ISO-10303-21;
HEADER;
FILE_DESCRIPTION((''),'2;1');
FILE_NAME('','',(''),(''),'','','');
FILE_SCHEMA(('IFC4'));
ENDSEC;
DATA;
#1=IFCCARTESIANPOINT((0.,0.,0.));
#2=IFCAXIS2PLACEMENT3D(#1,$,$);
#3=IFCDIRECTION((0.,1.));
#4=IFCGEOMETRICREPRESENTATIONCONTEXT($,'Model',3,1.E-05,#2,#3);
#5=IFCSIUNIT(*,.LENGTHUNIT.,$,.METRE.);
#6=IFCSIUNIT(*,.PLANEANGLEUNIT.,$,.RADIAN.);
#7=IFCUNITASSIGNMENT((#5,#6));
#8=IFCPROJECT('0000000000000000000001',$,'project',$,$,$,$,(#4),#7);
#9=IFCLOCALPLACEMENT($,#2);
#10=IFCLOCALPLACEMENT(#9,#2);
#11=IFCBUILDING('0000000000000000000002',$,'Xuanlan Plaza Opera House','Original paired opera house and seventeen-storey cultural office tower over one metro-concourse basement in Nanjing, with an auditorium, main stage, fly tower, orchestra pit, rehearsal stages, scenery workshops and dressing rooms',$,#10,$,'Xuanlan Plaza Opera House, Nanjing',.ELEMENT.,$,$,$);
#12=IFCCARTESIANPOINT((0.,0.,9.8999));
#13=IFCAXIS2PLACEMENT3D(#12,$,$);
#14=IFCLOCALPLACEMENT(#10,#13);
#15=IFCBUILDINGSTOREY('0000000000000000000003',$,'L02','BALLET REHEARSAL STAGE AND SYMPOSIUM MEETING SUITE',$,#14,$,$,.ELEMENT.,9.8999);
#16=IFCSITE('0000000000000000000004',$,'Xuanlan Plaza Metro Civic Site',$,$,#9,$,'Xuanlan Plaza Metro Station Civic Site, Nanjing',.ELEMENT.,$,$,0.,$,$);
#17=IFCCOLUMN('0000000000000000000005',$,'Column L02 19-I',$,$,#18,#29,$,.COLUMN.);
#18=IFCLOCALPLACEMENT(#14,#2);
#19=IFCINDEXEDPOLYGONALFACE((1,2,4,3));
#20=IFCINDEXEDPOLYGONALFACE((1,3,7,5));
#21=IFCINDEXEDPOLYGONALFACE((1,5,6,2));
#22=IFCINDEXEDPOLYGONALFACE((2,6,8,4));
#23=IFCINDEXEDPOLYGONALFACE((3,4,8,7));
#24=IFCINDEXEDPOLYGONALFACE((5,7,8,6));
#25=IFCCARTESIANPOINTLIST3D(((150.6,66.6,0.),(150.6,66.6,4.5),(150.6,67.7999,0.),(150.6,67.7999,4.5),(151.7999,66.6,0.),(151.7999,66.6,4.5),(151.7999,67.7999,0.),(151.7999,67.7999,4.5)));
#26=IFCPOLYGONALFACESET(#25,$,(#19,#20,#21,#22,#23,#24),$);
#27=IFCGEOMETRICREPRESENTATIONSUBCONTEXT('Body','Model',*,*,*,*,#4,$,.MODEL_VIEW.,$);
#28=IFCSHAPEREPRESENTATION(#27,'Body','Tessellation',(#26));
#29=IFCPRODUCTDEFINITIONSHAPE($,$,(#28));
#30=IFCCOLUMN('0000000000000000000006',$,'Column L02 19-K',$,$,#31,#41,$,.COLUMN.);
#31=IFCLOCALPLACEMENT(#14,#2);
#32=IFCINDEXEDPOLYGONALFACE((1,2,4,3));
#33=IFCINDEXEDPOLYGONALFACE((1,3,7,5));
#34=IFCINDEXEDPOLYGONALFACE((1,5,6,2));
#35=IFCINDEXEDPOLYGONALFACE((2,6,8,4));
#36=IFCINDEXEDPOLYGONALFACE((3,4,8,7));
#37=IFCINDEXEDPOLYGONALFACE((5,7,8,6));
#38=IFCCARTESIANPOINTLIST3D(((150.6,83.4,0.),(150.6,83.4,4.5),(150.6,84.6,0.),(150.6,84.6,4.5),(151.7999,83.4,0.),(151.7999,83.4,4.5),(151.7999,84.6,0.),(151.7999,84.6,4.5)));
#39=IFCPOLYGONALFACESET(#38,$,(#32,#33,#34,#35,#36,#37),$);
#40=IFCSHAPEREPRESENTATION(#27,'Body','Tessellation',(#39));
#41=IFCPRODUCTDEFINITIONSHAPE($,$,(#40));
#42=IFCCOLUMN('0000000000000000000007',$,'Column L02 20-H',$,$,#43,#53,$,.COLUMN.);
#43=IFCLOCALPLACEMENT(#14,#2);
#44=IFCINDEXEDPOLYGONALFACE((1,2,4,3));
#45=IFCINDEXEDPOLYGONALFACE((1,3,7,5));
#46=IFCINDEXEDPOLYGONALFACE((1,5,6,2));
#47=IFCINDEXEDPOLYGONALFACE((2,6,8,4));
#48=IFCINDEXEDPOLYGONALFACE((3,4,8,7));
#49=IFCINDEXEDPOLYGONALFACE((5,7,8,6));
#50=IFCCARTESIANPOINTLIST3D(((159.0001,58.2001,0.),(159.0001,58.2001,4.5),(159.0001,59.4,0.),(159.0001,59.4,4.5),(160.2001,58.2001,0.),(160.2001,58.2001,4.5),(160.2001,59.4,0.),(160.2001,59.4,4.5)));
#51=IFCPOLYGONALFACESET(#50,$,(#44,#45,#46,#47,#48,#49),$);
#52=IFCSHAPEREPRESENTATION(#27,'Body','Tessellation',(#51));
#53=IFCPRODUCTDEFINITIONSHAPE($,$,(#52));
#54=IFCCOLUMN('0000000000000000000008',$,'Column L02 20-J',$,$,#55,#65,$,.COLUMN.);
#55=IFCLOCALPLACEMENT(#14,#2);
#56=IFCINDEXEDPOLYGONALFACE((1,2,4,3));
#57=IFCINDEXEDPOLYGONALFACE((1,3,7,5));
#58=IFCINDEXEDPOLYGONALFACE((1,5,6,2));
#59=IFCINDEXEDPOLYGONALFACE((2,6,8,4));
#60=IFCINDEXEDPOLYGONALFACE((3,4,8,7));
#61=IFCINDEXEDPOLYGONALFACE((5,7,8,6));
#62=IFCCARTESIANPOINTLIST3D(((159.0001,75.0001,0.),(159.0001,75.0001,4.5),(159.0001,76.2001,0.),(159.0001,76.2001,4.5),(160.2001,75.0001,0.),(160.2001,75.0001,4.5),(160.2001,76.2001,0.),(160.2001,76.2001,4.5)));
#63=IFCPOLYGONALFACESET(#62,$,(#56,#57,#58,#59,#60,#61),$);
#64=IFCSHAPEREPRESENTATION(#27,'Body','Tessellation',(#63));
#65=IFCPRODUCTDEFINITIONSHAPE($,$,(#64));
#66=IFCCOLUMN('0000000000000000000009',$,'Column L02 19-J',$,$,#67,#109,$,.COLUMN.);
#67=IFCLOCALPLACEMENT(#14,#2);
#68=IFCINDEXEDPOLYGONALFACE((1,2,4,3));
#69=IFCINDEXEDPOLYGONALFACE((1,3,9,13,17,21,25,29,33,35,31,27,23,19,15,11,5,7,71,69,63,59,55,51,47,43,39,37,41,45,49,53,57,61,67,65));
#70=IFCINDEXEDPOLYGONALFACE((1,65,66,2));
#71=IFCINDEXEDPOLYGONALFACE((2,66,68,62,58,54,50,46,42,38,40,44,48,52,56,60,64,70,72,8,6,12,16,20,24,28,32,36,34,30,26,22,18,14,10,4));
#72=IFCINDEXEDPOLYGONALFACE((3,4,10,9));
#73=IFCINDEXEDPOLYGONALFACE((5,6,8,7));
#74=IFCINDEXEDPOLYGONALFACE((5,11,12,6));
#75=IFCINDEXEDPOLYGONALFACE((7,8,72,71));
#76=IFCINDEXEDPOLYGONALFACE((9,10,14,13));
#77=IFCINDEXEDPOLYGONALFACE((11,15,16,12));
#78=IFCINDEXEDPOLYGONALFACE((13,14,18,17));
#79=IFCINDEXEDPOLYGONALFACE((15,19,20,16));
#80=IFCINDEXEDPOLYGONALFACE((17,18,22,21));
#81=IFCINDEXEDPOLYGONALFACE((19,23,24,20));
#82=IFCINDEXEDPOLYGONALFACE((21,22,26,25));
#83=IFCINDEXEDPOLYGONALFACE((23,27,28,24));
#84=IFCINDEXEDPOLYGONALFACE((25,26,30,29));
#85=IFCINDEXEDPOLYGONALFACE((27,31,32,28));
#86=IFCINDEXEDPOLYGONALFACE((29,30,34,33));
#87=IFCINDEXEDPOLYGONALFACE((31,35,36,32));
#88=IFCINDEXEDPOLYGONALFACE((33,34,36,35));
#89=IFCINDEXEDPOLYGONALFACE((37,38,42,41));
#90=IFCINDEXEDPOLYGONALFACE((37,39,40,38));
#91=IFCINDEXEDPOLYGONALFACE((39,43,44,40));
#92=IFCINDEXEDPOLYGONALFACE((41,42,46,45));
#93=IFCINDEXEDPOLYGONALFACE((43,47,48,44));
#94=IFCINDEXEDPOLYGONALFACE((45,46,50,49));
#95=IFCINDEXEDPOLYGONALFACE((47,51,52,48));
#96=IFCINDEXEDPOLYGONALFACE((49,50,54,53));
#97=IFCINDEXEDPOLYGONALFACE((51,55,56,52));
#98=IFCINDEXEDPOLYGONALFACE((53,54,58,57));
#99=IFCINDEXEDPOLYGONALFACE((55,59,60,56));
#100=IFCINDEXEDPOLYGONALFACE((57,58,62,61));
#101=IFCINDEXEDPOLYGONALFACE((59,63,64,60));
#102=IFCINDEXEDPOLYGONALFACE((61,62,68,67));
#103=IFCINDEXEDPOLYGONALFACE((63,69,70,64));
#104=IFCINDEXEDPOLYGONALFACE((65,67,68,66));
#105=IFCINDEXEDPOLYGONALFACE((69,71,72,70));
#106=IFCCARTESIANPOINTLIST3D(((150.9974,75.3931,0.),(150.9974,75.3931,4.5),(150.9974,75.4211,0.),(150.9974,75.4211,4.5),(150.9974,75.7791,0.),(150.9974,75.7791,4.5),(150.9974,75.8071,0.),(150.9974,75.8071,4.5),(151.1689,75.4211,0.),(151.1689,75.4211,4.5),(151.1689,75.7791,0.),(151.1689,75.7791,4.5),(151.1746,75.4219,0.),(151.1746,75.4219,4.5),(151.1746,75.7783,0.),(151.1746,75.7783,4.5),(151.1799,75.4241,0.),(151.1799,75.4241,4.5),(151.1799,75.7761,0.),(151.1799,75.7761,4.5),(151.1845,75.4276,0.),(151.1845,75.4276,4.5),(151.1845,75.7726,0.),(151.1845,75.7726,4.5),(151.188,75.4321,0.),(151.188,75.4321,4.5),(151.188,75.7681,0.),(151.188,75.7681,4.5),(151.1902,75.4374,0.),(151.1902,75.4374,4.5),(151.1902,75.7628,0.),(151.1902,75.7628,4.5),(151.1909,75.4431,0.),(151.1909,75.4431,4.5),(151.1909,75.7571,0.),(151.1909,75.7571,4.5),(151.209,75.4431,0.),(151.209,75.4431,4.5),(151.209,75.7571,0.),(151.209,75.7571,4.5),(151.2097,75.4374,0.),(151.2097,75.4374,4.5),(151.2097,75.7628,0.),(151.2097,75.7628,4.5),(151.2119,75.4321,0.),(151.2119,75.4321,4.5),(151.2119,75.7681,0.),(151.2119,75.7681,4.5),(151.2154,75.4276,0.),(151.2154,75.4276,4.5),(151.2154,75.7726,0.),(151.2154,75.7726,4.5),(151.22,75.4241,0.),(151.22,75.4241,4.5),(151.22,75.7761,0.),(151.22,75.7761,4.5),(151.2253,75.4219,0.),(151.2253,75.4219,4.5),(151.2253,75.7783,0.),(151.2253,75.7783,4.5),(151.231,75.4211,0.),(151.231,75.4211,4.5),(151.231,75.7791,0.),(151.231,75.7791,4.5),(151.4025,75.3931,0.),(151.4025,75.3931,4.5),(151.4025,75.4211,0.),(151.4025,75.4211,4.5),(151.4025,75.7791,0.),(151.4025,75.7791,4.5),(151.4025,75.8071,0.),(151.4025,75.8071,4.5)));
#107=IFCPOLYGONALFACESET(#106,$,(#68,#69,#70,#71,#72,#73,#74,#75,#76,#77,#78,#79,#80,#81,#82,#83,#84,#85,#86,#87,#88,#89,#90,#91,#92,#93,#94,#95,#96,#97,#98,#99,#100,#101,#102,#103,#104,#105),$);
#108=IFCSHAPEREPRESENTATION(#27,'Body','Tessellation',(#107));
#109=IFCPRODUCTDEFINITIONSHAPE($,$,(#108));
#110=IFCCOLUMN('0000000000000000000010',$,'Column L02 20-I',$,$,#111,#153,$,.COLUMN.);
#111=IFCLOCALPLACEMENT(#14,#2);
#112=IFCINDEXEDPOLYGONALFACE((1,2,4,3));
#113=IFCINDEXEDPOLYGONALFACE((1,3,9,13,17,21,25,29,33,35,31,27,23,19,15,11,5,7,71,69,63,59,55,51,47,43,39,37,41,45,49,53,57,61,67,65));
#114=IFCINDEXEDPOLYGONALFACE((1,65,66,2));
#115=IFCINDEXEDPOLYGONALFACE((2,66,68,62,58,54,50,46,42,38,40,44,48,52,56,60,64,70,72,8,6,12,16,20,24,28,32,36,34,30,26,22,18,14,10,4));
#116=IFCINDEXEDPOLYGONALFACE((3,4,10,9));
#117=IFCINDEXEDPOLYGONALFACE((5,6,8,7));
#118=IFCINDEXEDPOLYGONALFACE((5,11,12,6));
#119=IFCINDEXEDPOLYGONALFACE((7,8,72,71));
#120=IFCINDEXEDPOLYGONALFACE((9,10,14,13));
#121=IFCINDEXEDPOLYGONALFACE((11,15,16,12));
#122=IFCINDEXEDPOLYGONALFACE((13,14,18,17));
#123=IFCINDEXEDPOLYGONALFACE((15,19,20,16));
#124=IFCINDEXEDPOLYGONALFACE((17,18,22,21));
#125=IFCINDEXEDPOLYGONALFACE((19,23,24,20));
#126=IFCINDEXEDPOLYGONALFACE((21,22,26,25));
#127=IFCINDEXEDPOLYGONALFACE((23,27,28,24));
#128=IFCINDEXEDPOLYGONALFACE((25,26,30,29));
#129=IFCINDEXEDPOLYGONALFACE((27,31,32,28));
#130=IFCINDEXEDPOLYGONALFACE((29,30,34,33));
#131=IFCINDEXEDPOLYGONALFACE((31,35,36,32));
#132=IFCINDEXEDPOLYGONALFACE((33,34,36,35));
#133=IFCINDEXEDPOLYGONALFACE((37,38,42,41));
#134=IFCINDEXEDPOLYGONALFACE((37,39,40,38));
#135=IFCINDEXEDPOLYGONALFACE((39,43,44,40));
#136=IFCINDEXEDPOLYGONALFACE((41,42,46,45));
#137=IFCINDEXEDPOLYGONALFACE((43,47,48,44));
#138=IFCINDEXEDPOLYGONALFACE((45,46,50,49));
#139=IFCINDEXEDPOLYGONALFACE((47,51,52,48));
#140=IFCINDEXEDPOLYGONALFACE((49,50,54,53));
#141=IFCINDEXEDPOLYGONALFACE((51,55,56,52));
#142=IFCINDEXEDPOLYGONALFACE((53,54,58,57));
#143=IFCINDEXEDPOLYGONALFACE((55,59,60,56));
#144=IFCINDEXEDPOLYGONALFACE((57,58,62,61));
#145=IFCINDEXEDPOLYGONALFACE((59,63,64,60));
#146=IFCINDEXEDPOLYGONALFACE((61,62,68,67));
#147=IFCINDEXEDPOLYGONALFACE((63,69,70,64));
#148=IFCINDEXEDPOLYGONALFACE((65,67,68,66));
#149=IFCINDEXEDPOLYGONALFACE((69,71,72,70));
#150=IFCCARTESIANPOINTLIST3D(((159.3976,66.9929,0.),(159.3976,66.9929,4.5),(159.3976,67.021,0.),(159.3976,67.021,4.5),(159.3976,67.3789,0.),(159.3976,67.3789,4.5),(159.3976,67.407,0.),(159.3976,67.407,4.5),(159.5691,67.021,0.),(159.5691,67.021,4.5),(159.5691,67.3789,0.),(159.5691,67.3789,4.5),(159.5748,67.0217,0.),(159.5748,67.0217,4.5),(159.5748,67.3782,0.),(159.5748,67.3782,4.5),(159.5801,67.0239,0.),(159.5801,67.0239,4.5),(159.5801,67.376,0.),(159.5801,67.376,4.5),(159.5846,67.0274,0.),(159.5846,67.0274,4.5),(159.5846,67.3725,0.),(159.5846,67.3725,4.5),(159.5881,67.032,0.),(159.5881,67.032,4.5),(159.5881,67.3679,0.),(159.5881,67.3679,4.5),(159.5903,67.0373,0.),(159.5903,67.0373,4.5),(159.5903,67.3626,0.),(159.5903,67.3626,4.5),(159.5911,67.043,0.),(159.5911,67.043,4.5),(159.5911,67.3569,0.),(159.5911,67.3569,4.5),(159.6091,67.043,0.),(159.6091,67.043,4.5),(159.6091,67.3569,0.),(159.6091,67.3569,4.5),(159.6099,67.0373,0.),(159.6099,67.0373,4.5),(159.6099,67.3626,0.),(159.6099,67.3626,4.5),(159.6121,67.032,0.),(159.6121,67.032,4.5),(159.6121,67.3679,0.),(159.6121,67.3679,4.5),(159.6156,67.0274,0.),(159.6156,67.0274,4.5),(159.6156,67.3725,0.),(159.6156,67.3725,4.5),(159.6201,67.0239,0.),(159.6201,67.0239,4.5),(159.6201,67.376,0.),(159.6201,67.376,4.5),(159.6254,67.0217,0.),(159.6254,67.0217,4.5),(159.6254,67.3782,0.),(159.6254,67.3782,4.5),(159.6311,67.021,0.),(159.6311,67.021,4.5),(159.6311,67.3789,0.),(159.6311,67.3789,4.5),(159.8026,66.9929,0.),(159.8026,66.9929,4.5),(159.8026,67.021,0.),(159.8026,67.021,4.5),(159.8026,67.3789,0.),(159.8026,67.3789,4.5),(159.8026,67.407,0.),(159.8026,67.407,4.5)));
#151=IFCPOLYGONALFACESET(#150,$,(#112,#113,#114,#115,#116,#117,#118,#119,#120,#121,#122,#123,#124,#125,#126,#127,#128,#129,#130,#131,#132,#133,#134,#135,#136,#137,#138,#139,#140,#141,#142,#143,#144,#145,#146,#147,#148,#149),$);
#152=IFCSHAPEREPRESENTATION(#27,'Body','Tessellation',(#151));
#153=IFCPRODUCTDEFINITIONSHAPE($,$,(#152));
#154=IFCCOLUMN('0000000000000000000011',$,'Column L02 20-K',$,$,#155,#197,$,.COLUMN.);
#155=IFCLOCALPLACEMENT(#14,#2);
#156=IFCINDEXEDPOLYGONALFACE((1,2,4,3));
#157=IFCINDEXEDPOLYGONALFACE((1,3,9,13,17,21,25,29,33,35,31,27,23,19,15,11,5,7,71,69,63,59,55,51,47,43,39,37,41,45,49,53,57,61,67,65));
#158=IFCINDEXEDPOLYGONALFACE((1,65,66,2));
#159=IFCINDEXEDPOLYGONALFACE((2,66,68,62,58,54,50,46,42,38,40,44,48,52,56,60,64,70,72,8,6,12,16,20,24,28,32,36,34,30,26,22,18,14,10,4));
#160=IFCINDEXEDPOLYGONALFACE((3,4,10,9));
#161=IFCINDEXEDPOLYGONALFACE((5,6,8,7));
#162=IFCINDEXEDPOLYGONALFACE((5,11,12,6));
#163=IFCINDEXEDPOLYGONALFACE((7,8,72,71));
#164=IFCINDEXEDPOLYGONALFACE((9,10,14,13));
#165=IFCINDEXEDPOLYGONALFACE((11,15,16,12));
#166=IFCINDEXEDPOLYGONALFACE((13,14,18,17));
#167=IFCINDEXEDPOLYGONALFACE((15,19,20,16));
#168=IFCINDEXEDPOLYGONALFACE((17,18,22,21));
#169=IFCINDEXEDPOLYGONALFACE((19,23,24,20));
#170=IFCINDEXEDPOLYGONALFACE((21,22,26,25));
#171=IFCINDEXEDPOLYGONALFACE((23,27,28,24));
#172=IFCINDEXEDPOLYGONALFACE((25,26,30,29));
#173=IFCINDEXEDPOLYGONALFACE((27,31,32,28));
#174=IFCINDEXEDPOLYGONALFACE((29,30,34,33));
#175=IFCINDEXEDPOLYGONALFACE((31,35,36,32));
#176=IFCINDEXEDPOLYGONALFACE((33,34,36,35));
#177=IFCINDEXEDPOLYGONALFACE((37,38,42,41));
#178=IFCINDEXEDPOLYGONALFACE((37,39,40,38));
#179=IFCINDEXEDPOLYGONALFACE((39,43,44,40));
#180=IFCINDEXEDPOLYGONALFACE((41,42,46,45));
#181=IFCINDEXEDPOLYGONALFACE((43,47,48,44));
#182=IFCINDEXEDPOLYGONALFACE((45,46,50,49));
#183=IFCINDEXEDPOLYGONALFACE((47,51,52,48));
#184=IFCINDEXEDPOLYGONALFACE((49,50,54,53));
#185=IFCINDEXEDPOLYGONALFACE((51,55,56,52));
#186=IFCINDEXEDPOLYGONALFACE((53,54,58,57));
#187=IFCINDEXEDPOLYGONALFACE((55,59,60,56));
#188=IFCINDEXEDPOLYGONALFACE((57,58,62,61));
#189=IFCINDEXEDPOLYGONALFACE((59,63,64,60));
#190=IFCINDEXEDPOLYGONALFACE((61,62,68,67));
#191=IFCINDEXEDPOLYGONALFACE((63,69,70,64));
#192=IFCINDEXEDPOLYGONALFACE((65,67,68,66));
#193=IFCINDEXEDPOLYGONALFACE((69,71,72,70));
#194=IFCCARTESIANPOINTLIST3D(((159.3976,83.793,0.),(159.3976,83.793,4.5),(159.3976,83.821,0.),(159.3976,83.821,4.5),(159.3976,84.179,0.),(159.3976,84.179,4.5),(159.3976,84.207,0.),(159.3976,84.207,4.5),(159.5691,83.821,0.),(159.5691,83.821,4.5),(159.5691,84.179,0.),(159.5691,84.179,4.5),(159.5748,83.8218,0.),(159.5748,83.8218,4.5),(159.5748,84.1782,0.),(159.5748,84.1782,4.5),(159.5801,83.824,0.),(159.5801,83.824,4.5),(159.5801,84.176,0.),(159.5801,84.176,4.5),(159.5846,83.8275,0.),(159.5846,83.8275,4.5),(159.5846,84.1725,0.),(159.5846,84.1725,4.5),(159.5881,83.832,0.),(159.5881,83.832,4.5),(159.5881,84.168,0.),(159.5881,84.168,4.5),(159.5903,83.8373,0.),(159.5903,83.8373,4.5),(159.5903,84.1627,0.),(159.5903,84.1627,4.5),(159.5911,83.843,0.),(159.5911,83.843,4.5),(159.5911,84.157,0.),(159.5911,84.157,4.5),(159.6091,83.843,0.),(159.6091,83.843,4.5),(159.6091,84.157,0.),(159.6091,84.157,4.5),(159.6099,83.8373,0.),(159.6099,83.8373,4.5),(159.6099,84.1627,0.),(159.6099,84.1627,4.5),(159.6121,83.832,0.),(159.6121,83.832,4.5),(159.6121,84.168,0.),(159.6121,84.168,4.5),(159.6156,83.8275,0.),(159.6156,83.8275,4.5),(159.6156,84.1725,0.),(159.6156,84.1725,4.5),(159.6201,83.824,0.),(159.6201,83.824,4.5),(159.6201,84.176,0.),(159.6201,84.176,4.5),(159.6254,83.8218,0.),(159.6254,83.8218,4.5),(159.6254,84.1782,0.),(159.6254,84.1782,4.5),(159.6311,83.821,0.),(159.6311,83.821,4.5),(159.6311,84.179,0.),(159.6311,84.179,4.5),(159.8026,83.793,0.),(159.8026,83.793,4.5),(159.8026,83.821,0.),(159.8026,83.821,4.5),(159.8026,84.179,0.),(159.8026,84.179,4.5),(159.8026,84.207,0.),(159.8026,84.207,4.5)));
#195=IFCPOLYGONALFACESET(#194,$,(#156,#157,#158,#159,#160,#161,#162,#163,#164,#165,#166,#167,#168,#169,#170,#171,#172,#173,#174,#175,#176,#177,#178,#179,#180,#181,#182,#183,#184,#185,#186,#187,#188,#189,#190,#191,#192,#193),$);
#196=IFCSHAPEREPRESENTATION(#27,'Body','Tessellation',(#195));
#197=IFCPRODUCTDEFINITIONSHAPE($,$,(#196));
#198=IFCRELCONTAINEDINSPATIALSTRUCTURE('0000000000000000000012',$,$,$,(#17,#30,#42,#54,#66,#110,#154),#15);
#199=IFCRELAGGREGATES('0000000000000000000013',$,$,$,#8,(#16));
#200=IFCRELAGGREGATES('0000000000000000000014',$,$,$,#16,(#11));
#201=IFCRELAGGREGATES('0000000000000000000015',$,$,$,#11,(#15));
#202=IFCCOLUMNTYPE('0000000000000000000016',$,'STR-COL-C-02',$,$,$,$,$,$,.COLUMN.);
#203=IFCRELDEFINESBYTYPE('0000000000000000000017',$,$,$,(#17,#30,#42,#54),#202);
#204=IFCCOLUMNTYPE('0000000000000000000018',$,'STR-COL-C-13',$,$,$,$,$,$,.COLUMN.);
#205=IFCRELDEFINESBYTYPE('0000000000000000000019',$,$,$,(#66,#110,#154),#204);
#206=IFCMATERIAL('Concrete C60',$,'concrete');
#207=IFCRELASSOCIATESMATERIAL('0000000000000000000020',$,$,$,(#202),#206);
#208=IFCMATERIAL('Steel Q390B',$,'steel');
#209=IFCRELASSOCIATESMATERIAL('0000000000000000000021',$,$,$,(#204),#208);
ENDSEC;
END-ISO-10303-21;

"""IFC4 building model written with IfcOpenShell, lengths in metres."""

from ifc_helpers import new_model, si_unit, direction, frame, origin, origin_2d, place, context, subcontext, project, spatial, rectangle, i_section, extrude, material, material_profile, profile_set, type_object, element, save


model = new_model("IFC4")

# Units and contexts
model_context = context("Model", 3, precision=1e-05, world=origin(), true_north=direction((0.0, 1.0)))
body_context = subcontext(model_context, "Body", "Model", "MODEL_VIEW")
ifc_project = project(units=[si_unit("LENGTHUNIT", "METRE"), si_unit("PLANEANGLEUNIT", "RADIAN")], contexts=[model_context])

# Site, building, storey
site_placement = place(None, origin())
site = spatial("IfcSite", under=ifc_project, at=site_placement, Name="Xuanlan Plaza Metro Civic Site", LongName="Xuanlan Plaza Metro Station Civic Site, Nanjing", CompositionType="ELEMENT", RefElevation=0.0)
building_placement = place(site_placement, origin())
building = spatial("IfcBuilding", under=site, at=building_placement, Name="Xuanlan Plaza Opera House", Description="Original paired opera house and seventeen-storey cultural office tower over one metro-concourse basement in Nanjing, with an auditorium, main stage, fly tower, orchestra pit, rehearsal stages, scenery workshops and dressing rooms", LongName="Xuanlan Plaza Opera House, Nanjing", CompositionType="ELEMENT")
storey_placement = place(building_placement, frame((0.0, 0.0, 9.8999)))
storey = spatial("IfcBuildingStorey", under=building, at=storey_placement, Name="L02", Description="BALLET REHEARSAL STAGE AND SYMPOSIUM MEETING SUITE", CompositionType="ELEMENT", Elevation=9.8999)

# Columns
ifc_material_1 = material(Name="Concrete C60", Category="concrete")
ifc_material_profile_1 = material_profile(ifc_material_1, rectangle(XDim=1.2, YDim=1.2, at=origin_2d()), Name="RC-COL 1200x1200")
ifc_profile_set_1 = profile_set([ifc_material_profile_1], Name="Concrete C60")
column_type_1 = type_object("IfcColumnType", Name="STR-COL-C-02", PredefinedType="COLUMN", material=ifc_profile_set_1)
for number, where, z_axis, x_axis, name in (
    (1, (151.2, 67.2, 0.0), (0.0, 0.0, 1.0), (1.0, 0.0, 0.0), "Column L02 19-I"),
    (2, (151.2, 84.0, 0.0), (0.0, 0.0, 1.0), (1.0, 0.0, 0.0), "Column L02 19-K"),
    (3, (159.6001, 58.8, 0.0), (0.0, 0.0, 1.0), (1.0, 0.0, 0.0), "Column L02 20-H"),
    (4, (159.6001, 75.6001, 0.0), (0.0, 0.0, 1.0), (1.0, 0.0, 0.0), "Column L02 20-J"),
):
    element("IfcColumn", number, at=place(storey_placement, frame(where, z_axis=z_axis, x_axis=x_axis)), inside=storey, type_object=column_type_1, Name=name, PredefinedType="COLUMN", context=body_context, shape_type="SweptSolid", body=[
        extrude(rectangle(XDim=1.2, YDim=1.2, at=origin_2d()), origin(), (0.0, 0.0, 1.0), 4.5),
    ])
ifc_material_2 = material(Name="Steel Q390B", Category="steel")
ifc_material_profile_2 = material_profile(ifc_material_2, i_section(OverallWidth=0.405, OverallDepth=0.4141, WebThickness=0.0181, FlangeThickness=0.0281, FilletRadius=0.022, at=origin_2d()), Name="HW 414x405x18x28")
ifc_profile_set_2 = profile_set([ifc_material_profile_2], Name="Steel Q390B")
column_type_2 = type_object("IfcColumnType", Name="STR-COL-C-13", PredefinedType="COLUMN", material=ifc_profile_set_2)
for number, where, z_axis, x_axis, name in (
    (5, (151.2, 75.6001, 0.0), (0.0, 0.0, 1.0), (1.0, 0.0, 0.0), "Column L02 19-J"),
    (6, (159.6001, 67.2, 0.0), (0.0, 0.0, 1.0), (1.0, 0.0, 0.0), "Column L02 20-I"),
    (7, (159.6001, 84.0, 0.0), (0.0, 0.0, 1.0), (1.0, 0.0, 0.0), "Column L02 20-K"),
):
    element("IfcColumn", number, at=place(storey_placement, frame(where, z_axis=z_axis, x_axis=x_axis)), inside=storey, type_object=column_type_2, Name=name, PredefinedType="COLUMN", context=body_context, shape_type="SweptSolid", body=[
        extrude(i_section(OverallWidth=0.405, OverallDepth=0.4141, WebThickness=0.0181, FlangeThickness=0.0281, FilletRadius=0.022, at=origin_2d()), origin(), (0.0, 0.0, 1.0), 4.5),
    ])

save(model, "model.ifc")
